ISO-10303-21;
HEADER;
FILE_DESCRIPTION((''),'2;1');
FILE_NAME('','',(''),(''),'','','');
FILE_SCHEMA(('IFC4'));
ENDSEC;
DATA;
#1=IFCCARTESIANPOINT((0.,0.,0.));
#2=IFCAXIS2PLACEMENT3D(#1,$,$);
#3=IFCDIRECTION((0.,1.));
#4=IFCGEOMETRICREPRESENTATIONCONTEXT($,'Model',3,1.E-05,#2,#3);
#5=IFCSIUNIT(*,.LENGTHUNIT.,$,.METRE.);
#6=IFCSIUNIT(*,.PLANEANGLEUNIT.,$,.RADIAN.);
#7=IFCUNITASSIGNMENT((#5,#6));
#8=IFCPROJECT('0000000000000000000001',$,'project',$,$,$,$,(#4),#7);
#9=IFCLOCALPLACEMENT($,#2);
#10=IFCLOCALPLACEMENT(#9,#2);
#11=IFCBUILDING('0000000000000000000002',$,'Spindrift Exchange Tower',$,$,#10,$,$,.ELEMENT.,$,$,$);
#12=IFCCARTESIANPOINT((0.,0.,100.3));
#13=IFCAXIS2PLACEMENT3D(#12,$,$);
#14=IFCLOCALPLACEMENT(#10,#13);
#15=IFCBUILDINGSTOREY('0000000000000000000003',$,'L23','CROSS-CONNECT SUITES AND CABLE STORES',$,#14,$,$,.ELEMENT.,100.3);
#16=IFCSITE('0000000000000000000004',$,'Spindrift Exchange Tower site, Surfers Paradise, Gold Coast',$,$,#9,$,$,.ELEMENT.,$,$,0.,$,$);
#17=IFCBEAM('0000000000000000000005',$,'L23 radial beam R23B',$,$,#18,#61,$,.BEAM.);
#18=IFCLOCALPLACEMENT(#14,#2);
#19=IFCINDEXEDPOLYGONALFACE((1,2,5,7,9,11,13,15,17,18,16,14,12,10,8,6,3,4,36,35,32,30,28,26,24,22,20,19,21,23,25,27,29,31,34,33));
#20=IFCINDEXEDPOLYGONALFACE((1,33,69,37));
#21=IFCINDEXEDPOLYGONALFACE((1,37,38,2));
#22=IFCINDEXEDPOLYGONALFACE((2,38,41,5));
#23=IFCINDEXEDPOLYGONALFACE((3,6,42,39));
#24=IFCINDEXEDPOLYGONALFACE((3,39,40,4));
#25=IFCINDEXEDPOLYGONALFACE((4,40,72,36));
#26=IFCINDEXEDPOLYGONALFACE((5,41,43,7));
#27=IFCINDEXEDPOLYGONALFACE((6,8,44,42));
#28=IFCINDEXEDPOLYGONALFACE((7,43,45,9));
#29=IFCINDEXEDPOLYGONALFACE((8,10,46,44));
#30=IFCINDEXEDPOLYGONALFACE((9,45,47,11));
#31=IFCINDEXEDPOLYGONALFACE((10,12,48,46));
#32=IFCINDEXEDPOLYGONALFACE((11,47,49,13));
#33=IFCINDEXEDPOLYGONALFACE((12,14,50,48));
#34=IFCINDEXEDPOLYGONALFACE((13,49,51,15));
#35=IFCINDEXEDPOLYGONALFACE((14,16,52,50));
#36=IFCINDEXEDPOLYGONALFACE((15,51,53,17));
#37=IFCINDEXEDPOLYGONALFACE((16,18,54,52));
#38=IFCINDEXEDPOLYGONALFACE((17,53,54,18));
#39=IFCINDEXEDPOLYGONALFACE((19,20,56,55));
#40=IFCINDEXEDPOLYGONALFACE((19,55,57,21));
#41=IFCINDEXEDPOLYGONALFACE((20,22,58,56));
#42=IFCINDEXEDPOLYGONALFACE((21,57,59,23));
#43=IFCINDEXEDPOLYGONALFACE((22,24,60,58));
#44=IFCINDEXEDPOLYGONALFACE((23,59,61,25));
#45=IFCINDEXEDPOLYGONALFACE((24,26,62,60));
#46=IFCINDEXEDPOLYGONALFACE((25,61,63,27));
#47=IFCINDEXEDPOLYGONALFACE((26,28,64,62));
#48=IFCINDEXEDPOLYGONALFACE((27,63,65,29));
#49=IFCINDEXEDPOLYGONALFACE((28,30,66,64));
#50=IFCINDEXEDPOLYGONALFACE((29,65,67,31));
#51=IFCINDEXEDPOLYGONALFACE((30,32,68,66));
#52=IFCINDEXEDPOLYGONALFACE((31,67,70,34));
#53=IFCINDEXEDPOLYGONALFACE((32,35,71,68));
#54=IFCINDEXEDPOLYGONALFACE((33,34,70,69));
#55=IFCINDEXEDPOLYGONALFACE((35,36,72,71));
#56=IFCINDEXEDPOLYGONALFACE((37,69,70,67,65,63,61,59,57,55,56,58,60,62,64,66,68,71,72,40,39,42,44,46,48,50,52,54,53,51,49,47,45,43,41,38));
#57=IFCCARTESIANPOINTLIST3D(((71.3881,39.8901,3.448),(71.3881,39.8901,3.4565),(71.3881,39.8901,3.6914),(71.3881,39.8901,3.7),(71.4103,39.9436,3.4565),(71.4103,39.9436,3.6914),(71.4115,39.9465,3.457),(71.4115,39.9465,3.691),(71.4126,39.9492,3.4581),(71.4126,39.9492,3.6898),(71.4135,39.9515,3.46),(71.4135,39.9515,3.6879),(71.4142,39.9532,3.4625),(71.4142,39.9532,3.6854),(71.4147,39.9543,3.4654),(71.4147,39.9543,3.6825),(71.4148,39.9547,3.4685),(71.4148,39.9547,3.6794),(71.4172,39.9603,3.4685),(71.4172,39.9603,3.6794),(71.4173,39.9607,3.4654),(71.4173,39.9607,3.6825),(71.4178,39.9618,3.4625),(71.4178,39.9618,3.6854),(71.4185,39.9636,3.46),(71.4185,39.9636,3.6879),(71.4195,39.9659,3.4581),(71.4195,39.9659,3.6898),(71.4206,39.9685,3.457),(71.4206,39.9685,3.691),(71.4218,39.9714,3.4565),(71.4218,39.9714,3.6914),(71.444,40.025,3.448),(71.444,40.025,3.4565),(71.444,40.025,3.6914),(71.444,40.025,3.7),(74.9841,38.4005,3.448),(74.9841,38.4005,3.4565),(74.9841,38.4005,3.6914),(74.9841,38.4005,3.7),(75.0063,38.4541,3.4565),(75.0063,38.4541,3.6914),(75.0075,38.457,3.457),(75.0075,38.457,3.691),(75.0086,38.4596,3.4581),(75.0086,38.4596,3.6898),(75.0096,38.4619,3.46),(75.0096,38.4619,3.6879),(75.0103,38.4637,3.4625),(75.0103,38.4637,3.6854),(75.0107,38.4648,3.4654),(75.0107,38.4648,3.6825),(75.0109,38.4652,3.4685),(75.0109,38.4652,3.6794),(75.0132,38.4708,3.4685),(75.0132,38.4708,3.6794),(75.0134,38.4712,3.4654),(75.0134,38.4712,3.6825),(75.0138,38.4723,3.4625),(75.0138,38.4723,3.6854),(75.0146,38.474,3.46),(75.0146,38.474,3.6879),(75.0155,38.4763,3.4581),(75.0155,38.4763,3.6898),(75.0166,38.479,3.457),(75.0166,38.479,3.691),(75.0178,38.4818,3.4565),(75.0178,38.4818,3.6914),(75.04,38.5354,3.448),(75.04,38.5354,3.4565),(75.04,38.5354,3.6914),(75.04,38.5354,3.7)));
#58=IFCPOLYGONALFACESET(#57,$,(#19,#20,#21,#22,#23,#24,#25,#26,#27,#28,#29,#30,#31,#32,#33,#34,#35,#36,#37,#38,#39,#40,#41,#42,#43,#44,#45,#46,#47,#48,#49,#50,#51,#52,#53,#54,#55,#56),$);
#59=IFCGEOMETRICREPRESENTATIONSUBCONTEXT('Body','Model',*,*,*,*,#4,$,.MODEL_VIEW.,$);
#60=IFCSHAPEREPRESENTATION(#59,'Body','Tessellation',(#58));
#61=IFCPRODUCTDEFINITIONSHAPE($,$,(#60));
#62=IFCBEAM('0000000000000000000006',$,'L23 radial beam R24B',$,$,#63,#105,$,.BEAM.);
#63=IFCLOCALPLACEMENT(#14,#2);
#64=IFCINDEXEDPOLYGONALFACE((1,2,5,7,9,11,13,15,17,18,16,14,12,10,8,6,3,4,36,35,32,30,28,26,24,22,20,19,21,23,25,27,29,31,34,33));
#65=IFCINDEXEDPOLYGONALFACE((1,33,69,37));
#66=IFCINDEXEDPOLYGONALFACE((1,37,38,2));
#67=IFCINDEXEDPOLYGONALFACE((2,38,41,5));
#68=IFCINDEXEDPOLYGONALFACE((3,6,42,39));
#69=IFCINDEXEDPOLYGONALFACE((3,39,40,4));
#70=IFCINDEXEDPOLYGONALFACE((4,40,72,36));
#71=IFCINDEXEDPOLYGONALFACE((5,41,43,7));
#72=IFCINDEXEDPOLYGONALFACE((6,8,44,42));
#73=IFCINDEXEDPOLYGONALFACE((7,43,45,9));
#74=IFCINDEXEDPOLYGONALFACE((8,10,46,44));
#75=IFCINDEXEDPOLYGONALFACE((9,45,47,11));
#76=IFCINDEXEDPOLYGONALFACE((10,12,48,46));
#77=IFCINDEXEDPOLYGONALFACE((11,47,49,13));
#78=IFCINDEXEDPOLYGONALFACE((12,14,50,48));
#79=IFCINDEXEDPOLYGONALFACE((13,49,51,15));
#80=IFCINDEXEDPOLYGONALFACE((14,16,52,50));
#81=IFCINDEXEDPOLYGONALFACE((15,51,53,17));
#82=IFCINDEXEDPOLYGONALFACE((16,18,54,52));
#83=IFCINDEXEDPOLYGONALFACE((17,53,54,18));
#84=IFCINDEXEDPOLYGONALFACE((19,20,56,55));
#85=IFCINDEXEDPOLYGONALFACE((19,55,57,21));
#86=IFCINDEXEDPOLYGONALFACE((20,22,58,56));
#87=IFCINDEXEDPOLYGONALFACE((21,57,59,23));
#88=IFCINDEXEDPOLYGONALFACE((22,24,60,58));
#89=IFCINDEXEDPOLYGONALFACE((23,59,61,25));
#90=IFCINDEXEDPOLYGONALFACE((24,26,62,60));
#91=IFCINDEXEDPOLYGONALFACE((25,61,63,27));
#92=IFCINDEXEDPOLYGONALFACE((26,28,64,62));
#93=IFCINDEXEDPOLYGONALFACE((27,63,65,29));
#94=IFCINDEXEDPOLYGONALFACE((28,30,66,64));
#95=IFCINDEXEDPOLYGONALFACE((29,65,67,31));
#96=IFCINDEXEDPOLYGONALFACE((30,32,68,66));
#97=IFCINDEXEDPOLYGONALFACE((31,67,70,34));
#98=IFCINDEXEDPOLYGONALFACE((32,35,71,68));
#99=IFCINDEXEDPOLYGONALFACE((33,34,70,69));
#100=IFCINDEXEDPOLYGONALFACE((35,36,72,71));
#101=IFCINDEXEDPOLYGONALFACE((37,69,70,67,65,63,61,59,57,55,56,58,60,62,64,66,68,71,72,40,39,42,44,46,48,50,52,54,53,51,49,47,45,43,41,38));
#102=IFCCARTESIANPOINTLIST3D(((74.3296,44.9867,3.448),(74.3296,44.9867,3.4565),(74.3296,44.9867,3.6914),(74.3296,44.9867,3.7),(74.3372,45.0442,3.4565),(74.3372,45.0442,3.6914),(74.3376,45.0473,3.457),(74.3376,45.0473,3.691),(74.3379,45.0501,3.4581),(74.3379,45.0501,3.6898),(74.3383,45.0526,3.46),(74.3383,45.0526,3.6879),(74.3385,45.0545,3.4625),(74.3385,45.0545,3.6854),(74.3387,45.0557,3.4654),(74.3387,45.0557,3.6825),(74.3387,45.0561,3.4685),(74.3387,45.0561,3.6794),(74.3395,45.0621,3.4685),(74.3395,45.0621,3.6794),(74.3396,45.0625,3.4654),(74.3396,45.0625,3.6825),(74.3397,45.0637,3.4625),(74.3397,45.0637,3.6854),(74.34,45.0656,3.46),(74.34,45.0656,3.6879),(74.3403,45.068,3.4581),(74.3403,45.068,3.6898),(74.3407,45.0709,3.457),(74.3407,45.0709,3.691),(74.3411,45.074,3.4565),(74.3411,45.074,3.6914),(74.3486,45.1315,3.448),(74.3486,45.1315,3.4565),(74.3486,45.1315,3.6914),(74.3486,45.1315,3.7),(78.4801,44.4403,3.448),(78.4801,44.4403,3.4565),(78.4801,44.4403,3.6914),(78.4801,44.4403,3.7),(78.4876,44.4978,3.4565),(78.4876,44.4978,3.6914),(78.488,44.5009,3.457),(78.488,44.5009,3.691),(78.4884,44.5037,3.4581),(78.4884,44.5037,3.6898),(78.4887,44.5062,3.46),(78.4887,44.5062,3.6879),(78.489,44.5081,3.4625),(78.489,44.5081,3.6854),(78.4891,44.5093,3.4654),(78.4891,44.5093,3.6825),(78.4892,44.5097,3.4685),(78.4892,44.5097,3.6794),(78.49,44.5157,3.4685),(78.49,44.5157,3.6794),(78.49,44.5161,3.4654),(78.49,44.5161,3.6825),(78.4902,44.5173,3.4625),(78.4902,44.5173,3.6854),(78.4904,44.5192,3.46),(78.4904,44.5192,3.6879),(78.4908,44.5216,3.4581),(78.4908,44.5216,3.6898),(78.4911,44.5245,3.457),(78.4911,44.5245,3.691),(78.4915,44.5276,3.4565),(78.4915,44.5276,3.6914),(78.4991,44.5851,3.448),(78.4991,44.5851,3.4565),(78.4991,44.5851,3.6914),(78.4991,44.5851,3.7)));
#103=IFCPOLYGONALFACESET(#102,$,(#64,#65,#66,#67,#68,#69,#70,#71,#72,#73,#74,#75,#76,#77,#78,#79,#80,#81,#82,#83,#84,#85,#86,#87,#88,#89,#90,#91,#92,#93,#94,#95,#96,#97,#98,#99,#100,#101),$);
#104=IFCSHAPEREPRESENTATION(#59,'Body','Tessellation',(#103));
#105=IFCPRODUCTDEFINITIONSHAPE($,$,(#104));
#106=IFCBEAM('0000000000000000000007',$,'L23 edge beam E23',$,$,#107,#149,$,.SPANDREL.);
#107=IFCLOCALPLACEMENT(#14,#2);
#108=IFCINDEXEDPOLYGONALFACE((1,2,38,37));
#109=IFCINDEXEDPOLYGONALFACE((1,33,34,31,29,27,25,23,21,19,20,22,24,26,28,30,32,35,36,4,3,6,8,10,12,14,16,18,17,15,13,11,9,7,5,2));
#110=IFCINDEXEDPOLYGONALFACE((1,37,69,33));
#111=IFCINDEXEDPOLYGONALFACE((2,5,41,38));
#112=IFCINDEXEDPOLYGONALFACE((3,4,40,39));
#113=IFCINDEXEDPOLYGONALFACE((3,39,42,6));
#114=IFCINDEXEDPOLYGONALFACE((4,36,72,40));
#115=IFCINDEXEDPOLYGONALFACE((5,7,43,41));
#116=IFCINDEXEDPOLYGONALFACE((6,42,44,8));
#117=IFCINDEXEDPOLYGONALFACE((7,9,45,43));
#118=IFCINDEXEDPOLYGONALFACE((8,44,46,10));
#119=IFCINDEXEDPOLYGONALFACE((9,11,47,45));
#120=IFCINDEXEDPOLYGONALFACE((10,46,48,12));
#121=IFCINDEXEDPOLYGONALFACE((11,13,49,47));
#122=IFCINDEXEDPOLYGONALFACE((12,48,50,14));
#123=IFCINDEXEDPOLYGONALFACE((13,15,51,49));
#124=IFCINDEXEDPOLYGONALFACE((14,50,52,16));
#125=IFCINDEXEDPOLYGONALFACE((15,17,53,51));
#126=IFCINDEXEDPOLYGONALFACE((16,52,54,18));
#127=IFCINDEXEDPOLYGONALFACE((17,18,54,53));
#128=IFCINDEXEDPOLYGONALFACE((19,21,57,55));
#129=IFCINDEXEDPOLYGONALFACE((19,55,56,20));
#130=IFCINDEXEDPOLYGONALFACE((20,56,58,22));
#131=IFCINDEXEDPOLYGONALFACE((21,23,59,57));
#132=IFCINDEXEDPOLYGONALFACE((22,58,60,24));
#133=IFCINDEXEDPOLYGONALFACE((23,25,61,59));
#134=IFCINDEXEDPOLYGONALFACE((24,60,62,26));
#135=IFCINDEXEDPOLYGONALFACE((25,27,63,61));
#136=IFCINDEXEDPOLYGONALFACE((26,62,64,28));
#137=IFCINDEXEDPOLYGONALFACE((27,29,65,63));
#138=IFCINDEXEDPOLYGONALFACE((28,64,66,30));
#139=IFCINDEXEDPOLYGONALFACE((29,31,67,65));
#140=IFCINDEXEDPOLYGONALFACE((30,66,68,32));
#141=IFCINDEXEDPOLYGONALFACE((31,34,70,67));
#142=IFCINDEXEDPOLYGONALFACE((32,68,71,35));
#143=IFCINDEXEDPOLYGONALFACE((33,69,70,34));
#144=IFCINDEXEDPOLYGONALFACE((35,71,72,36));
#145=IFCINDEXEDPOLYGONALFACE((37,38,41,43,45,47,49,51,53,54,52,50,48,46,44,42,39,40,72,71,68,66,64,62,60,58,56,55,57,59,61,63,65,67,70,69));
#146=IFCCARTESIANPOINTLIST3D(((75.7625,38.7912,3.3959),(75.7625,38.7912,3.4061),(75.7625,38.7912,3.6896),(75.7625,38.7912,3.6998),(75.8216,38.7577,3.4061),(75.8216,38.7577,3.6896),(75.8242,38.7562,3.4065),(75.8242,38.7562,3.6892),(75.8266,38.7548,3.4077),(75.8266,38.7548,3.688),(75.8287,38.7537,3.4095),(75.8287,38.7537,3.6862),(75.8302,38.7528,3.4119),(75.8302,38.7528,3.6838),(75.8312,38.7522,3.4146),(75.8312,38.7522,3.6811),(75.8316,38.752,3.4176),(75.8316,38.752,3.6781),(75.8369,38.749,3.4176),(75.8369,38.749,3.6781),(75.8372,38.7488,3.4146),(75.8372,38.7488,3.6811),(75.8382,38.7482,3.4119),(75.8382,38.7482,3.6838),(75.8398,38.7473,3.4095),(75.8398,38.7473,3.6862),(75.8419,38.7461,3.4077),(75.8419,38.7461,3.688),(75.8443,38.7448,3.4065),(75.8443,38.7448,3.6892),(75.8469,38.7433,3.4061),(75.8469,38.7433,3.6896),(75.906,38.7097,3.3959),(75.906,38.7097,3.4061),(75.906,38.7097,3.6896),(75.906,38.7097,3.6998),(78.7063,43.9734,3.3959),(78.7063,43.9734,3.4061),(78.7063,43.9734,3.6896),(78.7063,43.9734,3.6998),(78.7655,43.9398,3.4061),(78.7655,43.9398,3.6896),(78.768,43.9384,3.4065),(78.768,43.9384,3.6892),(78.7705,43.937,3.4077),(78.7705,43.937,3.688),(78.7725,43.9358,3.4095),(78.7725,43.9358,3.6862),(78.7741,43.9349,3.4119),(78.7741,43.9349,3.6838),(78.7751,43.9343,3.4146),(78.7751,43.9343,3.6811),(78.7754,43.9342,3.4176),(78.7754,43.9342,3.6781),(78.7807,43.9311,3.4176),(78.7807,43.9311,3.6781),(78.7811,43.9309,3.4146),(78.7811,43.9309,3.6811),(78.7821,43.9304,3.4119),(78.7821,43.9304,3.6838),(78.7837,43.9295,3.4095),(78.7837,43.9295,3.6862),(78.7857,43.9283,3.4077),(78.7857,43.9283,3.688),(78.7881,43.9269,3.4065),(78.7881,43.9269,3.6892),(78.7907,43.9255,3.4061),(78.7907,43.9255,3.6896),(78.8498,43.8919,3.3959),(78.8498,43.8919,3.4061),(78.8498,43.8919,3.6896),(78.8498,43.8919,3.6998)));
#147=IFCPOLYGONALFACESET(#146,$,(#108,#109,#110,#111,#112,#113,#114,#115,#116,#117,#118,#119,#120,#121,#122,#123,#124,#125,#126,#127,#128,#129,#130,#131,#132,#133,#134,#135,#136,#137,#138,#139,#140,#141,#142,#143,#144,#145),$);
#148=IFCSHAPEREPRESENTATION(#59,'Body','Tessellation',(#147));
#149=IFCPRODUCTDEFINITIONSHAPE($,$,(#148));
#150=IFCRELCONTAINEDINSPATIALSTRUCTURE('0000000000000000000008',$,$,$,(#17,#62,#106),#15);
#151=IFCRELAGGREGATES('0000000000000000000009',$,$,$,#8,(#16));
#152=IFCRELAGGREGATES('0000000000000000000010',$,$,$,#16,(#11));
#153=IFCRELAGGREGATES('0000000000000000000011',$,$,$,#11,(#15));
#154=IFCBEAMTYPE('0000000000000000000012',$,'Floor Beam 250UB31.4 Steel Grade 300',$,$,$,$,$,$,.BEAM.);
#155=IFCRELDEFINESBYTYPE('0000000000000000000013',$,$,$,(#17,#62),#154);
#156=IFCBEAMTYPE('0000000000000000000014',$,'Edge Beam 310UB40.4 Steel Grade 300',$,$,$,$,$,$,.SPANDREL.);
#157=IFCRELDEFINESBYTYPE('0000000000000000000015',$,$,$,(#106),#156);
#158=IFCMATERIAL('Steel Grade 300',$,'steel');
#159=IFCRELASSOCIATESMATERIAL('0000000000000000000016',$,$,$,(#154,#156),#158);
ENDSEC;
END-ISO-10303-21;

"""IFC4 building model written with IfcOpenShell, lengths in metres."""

from ifc_helpers import new_model, si_unit, direction, frame, origin, origin_2d, place, context, subcontext, project, spatial, i_section, extrude, source, transform, mapped, material, material_profile, profile_set, type_object, element, save


model = new_model("IFC4")

# Units and contexts
model_context = context("Model", 3, precision=1e-05, world=origin(), true_north=direction((0.0, 1.0)))
body_context = subcontext(model_context, "Body", "Model", "MODEL_VIEW")
ifc_project = project(units=[si_unit("LENGTHUNIT", "METRE"), si_unit("PLANEANGLEUNIT", "RADIAN")], contexts=[model_context])

# Site, building, storey
site_placement = place(None, origin())
site = spatial("IfcSite", under=ifc_project, at=site_placement, Name="Spindrift Exchange Tower site, Surfers Paradise, Gold Coast", CompositionType="ELEMENT", RefElevation=0.0)
building_placement = place(site_placement, origin())
building = spatial("IfcBuilding", under=site, at=building_placement, Name="Spindrift Exchange Tower", CompositionType="ELEMENT")
storey_placement = place(building_placement, frame((0.0, 0.0, 100.3)))
storey = spatial("IfcBuildingStorey", under=building, at=storey_placement, Name="L23", Description="CROSS-CONNECT SUITES AND CABLE STORES", CompositionType="ELEMENT", Elevation=100.3)

# Beams
ifc_material_1 = material(Name="Steel Grade 300", Category="steel")
ifc_material_profile_1 = material_profile(ifc_material_1, i_section(OverallWidth=0.146, OverallDepth=0.252, WebThickness=0.0061, FlangeThickness=0.0085, FilletRadius=0.012, at=origin_2d()), Name="250UB31.4")
ifc_profile_set_1 = profile_set([ifc_material_profile_1], Name="Steel Grade 300")
beam_type_1 = type_object("IfcBeamType", Name="Floor Beam 250UB31.4 Steel Grade 300", PredefinedType="BEAM", material=ifc_profile_set_1)
shared_shape_1 = source(origin(), body_context, "Body", "SweptSolid", [
    extrude(i_section(OverallWidth=0.146, OverallDepth=0.252, WebThickness=0.0061, FlangeThickness=0.0085, FilletRadius=0.012, at=origin_2d()), origin(), (0.0, 0.0, 1.0), 3.8923),
])
beam_1_placement = place(storey_placement, frame((71.416, 39.9575, 3.574), z_axis=(0.923878, -0.382686, 0.0), x_axis=(0.382686, 0.923878, 0.0)))
element("IfcBeam", 1, at=beam_1_placement, inside=storey, type_object=beam_type_1, Name="L23 radial beam R23B", PredefinedType="BEAM", context=body_context, shape_type="MappedRepresentation", body=[
    mapped(shared_shape_1, transform((0.0, 0.0, 0.0), scale=1.0)),
])
shared_shape_2 = source(origin(), body_context, "Body", "SweptSolid", [
    extrude(i_section(OverallWidth=0.146, OverallDepth=0.252, WebThickness=0.0061, FlangeThickness=0.0085, FilletRadius=0.012, at=origin_2d()), origin(), (0.0, 0.0, 1.0), 4.1863),
])
beam_2_placement = place(storey_placement, frame((74.3391, 45.0591, 3.574), z_axis=(0.991446, -0.130521, 0.0), x_axis=(0.130521, 0.991446, 0.0)))
element("IfcBeam", 2, at=beam_2_placement, inside=storey, type_object=beam_type_1, Name="L23 radial beam R24B", PredefinedType="BEAM", context=body_context, shape_type="MappedRepresentation", body=[
    mapped(shared_shape_2, transform((0.0, 0.0, 0.0), scale=1.0)),
])
ifc_material_profile_2 = material_profile(ifc_material_1, i_section(OverallWidth=0.165, OverallDepth=0.304, WebThickness=0.0061, FlangeThickness=0.0103, FilletRadius=0.0115, at=origin_2d()), Name="310UB40.4")
ifc_profile_set_2 = profile_set([ifc_material_profile_2], Name="Steel Grade 300")
beam_type_2 = type_object("IfcBeamType", Name="Edge Beam 310UB40.4 Steel Grade 300", PredefinedType="SPANDREL", material=ifc_profile_set_2)
shared_shape_3 = source(origin(), body_context, "Body", "SweptSolid", [
    extrude(i_section(OverallWidth=0.165, OverallDepth=0.304, WebThickness=0.0061, FlangeThickness=0.0103, FilletRadius=0.0115, at=origin_2d()), origin(), (0.0, 0.0, 1.0), 5.96),
])
beam_3_placement = place(storey_placement, frame((75.8342, 38.7505, 3.5479), z_axis=(0.49394, 0.869496, 0.0), x_axis=(-0.869496, 0.49394, 0.0)))
element("IfcBeam", 3, at=beam_3_placement, inside=storey, type_object=beam_type_2, Name="L23 edge beam E23", PredefinedType="SPANDREL", context=body_context, shape_type="MappedRepresentation", body=[
    mapped(shared_shape_3, transform((0.0, 0.0, 0.0), scale=1.0)),
])

save(model, "model.ifc")
